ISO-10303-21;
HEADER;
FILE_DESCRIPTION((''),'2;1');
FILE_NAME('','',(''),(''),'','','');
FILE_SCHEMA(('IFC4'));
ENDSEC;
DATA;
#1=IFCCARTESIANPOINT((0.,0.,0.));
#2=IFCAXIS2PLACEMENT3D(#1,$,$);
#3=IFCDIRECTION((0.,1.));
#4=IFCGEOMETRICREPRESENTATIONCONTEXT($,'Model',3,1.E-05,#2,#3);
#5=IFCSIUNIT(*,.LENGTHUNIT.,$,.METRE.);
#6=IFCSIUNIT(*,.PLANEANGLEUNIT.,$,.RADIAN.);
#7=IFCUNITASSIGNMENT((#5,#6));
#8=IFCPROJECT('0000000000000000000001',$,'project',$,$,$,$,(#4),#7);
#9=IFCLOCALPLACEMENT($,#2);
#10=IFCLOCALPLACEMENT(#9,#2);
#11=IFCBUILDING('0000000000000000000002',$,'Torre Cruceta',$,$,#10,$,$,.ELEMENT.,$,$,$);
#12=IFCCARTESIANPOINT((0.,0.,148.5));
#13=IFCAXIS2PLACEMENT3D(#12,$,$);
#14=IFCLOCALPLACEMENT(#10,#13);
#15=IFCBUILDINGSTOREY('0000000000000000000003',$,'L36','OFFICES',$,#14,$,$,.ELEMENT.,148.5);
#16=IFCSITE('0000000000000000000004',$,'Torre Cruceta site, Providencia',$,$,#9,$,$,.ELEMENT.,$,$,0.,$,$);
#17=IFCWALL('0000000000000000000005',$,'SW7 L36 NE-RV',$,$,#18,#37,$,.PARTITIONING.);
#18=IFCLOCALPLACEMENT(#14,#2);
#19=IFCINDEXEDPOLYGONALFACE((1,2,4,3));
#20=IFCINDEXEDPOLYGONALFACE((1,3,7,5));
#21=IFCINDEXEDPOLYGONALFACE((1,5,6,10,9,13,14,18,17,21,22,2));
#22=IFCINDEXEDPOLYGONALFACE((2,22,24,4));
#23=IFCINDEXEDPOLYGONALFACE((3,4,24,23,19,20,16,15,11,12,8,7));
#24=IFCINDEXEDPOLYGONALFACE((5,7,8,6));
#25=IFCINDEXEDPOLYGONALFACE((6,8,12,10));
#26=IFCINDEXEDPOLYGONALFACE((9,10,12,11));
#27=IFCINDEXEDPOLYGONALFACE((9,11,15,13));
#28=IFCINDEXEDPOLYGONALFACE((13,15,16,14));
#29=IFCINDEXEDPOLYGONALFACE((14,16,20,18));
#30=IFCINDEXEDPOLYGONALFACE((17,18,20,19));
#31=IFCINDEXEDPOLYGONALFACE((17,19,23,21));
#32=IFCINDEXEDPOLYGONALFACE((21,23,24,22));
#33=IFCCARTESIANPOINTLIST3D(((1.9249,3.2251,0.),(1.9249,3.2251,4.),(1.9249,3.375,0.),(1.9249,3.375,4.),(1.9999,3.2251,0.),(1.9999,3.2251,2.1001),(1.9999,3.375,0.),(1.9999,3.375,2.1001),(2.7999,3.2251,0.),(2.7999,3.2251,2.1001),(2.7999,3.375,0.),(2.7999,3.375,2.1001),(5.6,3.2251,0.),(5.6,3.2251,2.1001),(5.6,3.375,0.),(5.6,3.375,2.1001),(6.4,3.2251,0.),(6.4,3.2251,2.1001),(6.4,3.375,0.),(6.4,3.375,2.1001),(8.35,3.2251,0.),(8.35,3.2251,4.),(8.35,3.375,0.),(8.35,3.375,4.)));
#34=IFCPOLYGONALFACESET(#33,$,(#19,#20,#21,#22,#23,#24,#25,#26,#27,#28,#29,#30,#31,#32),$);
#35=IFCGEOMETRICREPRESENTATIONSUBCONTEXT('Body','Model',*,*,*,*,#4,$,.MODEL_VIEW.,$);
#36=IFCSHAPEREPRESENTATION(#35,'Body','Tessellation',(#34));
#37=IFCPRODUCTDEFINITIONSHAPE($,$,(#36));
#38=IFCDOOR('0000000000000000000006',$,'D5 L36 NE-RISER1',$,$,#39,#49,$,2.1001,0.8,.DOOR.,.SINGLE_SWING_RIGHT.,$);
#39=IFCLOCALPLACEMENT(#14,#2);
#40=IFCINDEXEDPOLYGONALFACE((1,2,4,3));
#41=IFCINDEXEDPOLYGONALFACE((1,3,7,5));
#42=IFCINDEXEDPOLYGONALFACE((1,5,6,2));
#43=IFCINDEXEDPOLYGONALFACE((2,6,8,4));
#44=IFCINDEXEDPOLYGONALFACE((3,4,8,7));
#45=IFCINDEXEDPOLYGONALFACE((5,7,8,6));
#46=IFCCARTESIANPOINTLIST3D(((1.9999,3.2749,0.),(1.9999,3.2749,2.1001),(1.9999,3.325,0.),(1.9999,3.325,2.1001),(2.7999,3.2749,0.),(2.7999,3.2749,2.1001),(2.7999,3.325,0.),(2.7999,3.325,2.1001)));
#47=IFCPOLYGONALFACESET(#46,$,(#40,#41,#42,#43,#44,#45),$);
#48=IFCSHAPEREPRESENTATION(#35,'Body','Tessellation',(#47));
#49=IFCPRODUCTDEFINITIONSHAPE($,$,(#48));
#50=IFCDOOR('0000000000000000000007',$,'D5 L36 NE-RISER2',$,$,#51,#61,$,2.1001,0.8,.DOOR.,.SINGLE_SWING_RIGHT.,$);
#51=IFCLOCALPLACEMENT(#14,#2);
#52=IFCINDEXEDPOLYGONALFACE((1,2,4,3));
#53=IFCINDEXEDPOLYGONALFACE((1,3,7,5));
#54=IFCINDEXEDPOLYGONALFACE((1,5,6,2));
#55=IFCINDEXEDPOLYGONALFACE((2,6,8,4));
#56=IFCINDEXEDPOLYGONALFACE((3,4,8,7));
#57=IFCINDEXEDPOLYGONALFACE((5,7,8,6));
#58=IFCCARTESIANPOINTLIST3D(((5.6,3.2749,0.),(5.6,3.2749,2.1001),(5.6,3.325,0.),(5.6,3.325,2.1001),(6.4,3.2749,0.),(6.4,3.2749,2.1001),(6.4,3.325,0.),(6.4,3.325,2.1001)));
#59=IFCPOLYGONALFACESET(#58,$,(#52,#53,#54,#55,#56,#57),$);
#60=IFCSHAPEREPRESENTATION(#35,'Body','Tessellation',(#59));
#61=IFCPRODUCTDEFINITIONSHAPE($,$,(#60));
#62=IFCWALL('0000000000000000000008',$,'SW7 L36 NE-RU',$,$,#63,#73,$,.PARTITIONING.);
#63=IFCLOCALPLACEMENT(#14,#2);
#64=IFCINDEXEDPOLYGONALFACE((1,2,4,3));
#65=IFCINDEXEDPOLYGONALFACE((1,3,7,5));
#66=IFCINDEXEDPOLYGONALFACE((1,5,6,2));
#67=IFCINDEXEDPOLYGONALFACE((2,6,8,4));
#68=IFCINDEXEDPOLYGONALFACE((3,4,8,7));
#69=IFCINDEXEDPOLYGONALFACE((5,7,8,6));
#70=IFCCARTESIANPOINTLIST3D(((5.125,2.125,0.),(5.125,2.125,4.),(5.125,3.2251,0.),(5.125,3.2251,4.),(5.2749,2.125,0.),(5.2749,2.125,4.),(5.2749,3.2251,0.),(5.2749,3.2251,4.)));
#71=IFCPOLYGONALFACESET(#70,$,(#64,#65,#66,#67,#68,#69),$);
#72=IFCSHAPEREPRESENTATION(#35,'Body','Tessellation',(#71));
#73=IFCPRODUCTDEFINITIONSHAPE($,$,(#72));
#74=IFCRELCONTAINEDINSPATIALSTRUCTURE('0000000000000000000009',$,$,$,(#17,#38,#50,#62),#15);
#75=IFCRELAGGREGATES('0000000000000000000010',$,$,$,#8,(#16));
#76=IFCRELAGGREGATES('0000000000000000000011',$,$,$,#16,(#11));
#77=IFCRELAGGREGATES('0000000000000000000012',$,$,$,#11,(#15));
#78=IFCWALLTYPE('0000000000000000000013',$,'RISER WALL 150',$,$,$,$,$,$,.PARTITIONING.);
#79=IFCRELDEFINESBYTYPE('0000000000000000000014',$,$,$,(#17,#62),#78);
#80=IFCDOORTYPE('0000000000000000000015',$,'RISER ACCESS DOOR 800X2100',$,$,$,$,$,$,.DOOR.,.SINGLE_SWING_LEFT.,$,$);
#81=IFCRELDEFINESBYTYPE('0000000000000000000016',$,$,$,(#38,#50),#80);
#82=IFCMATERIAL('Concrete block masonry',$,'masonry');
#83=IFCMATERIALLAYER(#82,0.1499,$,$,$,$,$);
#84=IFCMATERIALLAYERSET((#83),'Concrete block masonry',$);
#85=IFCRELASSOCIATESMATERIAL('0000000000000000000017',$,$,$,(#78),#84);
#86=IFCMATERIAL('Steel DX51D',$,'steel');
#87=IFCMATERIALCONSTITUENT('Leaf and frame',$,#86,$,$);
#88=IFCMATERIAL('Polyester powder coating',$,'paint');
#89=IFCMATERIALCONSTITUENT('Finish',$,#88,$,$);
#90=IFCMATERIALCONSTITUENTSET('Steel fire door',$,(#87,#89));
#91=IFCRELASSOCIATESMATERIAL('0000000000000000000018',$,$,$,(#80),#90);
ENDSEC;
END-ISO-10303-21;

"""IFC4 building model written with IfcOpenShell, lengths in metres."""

from ifc_helpers import new_model, si_unit, direction, frame, frame_2d, origin, place, context, subcontext, project, spatial, rectangle, extrude, material, layer, layer_set, constituent, constituent_set, type_object, element, fill, save


model = new_model("IFC4")

# Units and contexts
model_context = context("Model", 3, precision=1e-05, world=origin(), true_north=direction((0.0, 1.0)))
body_context = subcontext(model_context, "Body", "Model", "MODEL_VIEW")
ifc_project = project(units=[si_unit("LENGTHUNIT", "METRE"), si_unit("PLANEANGLEUNIT", "RADIAN")], contexts=[model_context])

# Site, building, storey
site_placement = place(None, origin())
site = spatial("IfcSite", under=ifc_project, at=site_placement, Name="Torre Cruceta site, Providencia", CompositionType="ELEMENT", RefElevation=0.0)
building_placement = place(site_placement, origin())
building = spatial("IfcBuilding", under=site, at=building_placement, Name="Torre Cruceta", CompositionType="ELEMENT")
storey_placement = place(building_placement, frame((0.0, 0.0, 148.5)))
storey = spatial("IfcBuildingStorey", under=building, at=storey_placement, Name="L36", Description="OFFICES", CompositionType="ELEMENT", Elevation=148.5)

# Wall, openings, doors
ifc_material_1 = material(Name="Concrete block masonry", Category="masonry")
ifc_layer_1 = layer(ifc_material_1, 0.1499)
ifc_layer_set_1 = layer_set([ifc_layer_1], Name="Concrete block masonry")
wall_type_1 = type_object("IfcWallType", Name="RISER WALL 150", PredefinedType="PARTITIONING", material=ifc_layer_set_1)
wall_1_placement = place(storey_placement, frame((1.925, 3.3, 0.0), z_axis=(0.0, 0.0, 1.0), x_axis=(1.0, 0.0, 0.0)))
wall_1 = element("IfcWall", 1, at=wall_1_placement, inside=storey, type_object=wall_type_1, Name="SW7 L36 NE-RV", PredefinedType="PARTITIONING", context=body_context, shape_type="SweptSolid", body=[
    extrude(rectangle(XDim=6.425, YDim=0.1499, at=frame_2d((3.2124, 0.0))), origin(), (0.0, 0.0, 1.0), 4.0),
])
opening_1_placement = place(wall_1_placement, frame((0.075, 0.0, 0.0)))
opening_1 = element("IfcOpeningElement", 2, at=opening_1_placement, cuts=wall_1, PredefinedType="OPENING", context=body_context, shape_type="SweptSolid", body=[
    extrude(rectangle(XDim=0.8, YDim=2.1001, at=frame_2d((0.3999, 1.05))), frame((0.0, 0.085, 0.0), z_axis=(0.0, -1.0, 0.0), x_axis=(1.0, 0.0, 0.0)), (0.0, 0.0, 1.0), 0.1699),
])
opening_2_placement = place(wall_1_placement, frame((3.675, 0.0, 0.0)))
opening_2 = element("IfcOpeningElement", 3, at=opening_2_placement, cuts=wall_1, PredefinedType="OPENING", context=body_context, shape_type="SweptSolid", body=[
    extrude(rectangle(XDim=0.8, YDim=2.1001, at=frame_2d((0.3999, 1.05))), frame((0.0, 0.085, 0.0), z_axis=(0.0, -1.0, 0.0), x_axis=(1.0, 0.0, 0.0)), (0.0, 0.0, 1.0), 0.1699),
])
ifc_material_2 = material(Name="Steel DX51D", Category="steel")
ifc_constituent_1 = constituent(ifc_material_2, Name="Leaf and frame")
ifc_material_3 = material(Name="Polyester powder coating", Category="paint")
ifc_constituent_2 = constituent(ifc_material_3, Name="Finish")
ifc_constituent_set_1 = constituent_set(constituents=[ifc_constituent_1, ifc_constituent_2], Name="Steel fire door")
door_type_1 = type_object("IfcDoorType", Name="RISER ACCESS DOOR 800X2100", OperationType="SINGLE_SWING_LEFT", PredefinedType="DOOR", material=ifc_constituent_set_1)
door_1_placement = place(opening_1_placement, frame((0.8, 0.0, 0.0), z_axis=(0.0, 0.0, 1.0), x_axis=(-1.0, 0.0, 0.0)))
door_1 = element("IfcDoor", 4, at=door_1_placement, inside=storey, type_object=door_type_1, Name="D5 L36 NE-RISER1", OperationType="SINGLE_SWING_RIGHT", OverallHeight=2.1001, OverallWidth=0.8, PredefinedType="DOOR", context=body_context, shape_type="SweptSolid", body=[
    extrude(rectangle(XDim=0.8, YDim=2.1001, at=frame_2d((0.4001, 1.05))), frame((0.0, 0.0251, 0.0), z_axis=(0.0, -1.0, 0.0), x_axis=(1.0, 0.0, 0.0)), (0.0, 0.0, 1.0), 0.05),
])
fill(opening_1, door_1)
door_2_placement = place(opening_2_placement, frame((0.8, 0.0, 0.0), z_axis=(0.0, 0.0, 1.0), x_axis=(-1.0, 0.0, 0.0)))
door_2 = element("IfcDoor", 5, at=door_2_placement, inside=storey, type_object=door_type_1, Name="D5 L36 NE-RISER2", OperationType="SINGLE_SWING_RIGHT", OverallHeight=2.1001, OverallWidth=0.8, PredefinedType="DOOR", context=body_context, shape_type="SweptSolid", body=[
    extrude(rectangle(XDim=0.8, YDim=2.1001, at=frame_2d((0.4001, 1.05))), frame((0.0, 0.0251, 0.0), z_axis=(0.0, -1.0, 0.0), x_axis=(1.0, 0.0, 0.0)), (0.0, 0.0, 1.0), 0.05),
])
fill(opening_2, door_2)

# Wall
wall_2_placement = place(storey_placement, frame((5.2, 2.125, 0.0), z_axis=(0.0, 0.0, 1.0), x_axis=(0.0, 1.0, 0.0)))
element("IfcWall", 6, at=wall_2_placement, inside=storey, type_object=wall_type_1, Name="SW7 L36 NE-RU", PredefinedType="PARTITIONING", context=body_context, shape_type="SweptSolid", body=[
    extrude(rectangle(XDim=1.1001, YDim=0.1499, at=frame_2d((0.55, 0.0))), origin(), (0.0, 0.0, 1.0), 4.0),
])

save(model, "model.ifc")
